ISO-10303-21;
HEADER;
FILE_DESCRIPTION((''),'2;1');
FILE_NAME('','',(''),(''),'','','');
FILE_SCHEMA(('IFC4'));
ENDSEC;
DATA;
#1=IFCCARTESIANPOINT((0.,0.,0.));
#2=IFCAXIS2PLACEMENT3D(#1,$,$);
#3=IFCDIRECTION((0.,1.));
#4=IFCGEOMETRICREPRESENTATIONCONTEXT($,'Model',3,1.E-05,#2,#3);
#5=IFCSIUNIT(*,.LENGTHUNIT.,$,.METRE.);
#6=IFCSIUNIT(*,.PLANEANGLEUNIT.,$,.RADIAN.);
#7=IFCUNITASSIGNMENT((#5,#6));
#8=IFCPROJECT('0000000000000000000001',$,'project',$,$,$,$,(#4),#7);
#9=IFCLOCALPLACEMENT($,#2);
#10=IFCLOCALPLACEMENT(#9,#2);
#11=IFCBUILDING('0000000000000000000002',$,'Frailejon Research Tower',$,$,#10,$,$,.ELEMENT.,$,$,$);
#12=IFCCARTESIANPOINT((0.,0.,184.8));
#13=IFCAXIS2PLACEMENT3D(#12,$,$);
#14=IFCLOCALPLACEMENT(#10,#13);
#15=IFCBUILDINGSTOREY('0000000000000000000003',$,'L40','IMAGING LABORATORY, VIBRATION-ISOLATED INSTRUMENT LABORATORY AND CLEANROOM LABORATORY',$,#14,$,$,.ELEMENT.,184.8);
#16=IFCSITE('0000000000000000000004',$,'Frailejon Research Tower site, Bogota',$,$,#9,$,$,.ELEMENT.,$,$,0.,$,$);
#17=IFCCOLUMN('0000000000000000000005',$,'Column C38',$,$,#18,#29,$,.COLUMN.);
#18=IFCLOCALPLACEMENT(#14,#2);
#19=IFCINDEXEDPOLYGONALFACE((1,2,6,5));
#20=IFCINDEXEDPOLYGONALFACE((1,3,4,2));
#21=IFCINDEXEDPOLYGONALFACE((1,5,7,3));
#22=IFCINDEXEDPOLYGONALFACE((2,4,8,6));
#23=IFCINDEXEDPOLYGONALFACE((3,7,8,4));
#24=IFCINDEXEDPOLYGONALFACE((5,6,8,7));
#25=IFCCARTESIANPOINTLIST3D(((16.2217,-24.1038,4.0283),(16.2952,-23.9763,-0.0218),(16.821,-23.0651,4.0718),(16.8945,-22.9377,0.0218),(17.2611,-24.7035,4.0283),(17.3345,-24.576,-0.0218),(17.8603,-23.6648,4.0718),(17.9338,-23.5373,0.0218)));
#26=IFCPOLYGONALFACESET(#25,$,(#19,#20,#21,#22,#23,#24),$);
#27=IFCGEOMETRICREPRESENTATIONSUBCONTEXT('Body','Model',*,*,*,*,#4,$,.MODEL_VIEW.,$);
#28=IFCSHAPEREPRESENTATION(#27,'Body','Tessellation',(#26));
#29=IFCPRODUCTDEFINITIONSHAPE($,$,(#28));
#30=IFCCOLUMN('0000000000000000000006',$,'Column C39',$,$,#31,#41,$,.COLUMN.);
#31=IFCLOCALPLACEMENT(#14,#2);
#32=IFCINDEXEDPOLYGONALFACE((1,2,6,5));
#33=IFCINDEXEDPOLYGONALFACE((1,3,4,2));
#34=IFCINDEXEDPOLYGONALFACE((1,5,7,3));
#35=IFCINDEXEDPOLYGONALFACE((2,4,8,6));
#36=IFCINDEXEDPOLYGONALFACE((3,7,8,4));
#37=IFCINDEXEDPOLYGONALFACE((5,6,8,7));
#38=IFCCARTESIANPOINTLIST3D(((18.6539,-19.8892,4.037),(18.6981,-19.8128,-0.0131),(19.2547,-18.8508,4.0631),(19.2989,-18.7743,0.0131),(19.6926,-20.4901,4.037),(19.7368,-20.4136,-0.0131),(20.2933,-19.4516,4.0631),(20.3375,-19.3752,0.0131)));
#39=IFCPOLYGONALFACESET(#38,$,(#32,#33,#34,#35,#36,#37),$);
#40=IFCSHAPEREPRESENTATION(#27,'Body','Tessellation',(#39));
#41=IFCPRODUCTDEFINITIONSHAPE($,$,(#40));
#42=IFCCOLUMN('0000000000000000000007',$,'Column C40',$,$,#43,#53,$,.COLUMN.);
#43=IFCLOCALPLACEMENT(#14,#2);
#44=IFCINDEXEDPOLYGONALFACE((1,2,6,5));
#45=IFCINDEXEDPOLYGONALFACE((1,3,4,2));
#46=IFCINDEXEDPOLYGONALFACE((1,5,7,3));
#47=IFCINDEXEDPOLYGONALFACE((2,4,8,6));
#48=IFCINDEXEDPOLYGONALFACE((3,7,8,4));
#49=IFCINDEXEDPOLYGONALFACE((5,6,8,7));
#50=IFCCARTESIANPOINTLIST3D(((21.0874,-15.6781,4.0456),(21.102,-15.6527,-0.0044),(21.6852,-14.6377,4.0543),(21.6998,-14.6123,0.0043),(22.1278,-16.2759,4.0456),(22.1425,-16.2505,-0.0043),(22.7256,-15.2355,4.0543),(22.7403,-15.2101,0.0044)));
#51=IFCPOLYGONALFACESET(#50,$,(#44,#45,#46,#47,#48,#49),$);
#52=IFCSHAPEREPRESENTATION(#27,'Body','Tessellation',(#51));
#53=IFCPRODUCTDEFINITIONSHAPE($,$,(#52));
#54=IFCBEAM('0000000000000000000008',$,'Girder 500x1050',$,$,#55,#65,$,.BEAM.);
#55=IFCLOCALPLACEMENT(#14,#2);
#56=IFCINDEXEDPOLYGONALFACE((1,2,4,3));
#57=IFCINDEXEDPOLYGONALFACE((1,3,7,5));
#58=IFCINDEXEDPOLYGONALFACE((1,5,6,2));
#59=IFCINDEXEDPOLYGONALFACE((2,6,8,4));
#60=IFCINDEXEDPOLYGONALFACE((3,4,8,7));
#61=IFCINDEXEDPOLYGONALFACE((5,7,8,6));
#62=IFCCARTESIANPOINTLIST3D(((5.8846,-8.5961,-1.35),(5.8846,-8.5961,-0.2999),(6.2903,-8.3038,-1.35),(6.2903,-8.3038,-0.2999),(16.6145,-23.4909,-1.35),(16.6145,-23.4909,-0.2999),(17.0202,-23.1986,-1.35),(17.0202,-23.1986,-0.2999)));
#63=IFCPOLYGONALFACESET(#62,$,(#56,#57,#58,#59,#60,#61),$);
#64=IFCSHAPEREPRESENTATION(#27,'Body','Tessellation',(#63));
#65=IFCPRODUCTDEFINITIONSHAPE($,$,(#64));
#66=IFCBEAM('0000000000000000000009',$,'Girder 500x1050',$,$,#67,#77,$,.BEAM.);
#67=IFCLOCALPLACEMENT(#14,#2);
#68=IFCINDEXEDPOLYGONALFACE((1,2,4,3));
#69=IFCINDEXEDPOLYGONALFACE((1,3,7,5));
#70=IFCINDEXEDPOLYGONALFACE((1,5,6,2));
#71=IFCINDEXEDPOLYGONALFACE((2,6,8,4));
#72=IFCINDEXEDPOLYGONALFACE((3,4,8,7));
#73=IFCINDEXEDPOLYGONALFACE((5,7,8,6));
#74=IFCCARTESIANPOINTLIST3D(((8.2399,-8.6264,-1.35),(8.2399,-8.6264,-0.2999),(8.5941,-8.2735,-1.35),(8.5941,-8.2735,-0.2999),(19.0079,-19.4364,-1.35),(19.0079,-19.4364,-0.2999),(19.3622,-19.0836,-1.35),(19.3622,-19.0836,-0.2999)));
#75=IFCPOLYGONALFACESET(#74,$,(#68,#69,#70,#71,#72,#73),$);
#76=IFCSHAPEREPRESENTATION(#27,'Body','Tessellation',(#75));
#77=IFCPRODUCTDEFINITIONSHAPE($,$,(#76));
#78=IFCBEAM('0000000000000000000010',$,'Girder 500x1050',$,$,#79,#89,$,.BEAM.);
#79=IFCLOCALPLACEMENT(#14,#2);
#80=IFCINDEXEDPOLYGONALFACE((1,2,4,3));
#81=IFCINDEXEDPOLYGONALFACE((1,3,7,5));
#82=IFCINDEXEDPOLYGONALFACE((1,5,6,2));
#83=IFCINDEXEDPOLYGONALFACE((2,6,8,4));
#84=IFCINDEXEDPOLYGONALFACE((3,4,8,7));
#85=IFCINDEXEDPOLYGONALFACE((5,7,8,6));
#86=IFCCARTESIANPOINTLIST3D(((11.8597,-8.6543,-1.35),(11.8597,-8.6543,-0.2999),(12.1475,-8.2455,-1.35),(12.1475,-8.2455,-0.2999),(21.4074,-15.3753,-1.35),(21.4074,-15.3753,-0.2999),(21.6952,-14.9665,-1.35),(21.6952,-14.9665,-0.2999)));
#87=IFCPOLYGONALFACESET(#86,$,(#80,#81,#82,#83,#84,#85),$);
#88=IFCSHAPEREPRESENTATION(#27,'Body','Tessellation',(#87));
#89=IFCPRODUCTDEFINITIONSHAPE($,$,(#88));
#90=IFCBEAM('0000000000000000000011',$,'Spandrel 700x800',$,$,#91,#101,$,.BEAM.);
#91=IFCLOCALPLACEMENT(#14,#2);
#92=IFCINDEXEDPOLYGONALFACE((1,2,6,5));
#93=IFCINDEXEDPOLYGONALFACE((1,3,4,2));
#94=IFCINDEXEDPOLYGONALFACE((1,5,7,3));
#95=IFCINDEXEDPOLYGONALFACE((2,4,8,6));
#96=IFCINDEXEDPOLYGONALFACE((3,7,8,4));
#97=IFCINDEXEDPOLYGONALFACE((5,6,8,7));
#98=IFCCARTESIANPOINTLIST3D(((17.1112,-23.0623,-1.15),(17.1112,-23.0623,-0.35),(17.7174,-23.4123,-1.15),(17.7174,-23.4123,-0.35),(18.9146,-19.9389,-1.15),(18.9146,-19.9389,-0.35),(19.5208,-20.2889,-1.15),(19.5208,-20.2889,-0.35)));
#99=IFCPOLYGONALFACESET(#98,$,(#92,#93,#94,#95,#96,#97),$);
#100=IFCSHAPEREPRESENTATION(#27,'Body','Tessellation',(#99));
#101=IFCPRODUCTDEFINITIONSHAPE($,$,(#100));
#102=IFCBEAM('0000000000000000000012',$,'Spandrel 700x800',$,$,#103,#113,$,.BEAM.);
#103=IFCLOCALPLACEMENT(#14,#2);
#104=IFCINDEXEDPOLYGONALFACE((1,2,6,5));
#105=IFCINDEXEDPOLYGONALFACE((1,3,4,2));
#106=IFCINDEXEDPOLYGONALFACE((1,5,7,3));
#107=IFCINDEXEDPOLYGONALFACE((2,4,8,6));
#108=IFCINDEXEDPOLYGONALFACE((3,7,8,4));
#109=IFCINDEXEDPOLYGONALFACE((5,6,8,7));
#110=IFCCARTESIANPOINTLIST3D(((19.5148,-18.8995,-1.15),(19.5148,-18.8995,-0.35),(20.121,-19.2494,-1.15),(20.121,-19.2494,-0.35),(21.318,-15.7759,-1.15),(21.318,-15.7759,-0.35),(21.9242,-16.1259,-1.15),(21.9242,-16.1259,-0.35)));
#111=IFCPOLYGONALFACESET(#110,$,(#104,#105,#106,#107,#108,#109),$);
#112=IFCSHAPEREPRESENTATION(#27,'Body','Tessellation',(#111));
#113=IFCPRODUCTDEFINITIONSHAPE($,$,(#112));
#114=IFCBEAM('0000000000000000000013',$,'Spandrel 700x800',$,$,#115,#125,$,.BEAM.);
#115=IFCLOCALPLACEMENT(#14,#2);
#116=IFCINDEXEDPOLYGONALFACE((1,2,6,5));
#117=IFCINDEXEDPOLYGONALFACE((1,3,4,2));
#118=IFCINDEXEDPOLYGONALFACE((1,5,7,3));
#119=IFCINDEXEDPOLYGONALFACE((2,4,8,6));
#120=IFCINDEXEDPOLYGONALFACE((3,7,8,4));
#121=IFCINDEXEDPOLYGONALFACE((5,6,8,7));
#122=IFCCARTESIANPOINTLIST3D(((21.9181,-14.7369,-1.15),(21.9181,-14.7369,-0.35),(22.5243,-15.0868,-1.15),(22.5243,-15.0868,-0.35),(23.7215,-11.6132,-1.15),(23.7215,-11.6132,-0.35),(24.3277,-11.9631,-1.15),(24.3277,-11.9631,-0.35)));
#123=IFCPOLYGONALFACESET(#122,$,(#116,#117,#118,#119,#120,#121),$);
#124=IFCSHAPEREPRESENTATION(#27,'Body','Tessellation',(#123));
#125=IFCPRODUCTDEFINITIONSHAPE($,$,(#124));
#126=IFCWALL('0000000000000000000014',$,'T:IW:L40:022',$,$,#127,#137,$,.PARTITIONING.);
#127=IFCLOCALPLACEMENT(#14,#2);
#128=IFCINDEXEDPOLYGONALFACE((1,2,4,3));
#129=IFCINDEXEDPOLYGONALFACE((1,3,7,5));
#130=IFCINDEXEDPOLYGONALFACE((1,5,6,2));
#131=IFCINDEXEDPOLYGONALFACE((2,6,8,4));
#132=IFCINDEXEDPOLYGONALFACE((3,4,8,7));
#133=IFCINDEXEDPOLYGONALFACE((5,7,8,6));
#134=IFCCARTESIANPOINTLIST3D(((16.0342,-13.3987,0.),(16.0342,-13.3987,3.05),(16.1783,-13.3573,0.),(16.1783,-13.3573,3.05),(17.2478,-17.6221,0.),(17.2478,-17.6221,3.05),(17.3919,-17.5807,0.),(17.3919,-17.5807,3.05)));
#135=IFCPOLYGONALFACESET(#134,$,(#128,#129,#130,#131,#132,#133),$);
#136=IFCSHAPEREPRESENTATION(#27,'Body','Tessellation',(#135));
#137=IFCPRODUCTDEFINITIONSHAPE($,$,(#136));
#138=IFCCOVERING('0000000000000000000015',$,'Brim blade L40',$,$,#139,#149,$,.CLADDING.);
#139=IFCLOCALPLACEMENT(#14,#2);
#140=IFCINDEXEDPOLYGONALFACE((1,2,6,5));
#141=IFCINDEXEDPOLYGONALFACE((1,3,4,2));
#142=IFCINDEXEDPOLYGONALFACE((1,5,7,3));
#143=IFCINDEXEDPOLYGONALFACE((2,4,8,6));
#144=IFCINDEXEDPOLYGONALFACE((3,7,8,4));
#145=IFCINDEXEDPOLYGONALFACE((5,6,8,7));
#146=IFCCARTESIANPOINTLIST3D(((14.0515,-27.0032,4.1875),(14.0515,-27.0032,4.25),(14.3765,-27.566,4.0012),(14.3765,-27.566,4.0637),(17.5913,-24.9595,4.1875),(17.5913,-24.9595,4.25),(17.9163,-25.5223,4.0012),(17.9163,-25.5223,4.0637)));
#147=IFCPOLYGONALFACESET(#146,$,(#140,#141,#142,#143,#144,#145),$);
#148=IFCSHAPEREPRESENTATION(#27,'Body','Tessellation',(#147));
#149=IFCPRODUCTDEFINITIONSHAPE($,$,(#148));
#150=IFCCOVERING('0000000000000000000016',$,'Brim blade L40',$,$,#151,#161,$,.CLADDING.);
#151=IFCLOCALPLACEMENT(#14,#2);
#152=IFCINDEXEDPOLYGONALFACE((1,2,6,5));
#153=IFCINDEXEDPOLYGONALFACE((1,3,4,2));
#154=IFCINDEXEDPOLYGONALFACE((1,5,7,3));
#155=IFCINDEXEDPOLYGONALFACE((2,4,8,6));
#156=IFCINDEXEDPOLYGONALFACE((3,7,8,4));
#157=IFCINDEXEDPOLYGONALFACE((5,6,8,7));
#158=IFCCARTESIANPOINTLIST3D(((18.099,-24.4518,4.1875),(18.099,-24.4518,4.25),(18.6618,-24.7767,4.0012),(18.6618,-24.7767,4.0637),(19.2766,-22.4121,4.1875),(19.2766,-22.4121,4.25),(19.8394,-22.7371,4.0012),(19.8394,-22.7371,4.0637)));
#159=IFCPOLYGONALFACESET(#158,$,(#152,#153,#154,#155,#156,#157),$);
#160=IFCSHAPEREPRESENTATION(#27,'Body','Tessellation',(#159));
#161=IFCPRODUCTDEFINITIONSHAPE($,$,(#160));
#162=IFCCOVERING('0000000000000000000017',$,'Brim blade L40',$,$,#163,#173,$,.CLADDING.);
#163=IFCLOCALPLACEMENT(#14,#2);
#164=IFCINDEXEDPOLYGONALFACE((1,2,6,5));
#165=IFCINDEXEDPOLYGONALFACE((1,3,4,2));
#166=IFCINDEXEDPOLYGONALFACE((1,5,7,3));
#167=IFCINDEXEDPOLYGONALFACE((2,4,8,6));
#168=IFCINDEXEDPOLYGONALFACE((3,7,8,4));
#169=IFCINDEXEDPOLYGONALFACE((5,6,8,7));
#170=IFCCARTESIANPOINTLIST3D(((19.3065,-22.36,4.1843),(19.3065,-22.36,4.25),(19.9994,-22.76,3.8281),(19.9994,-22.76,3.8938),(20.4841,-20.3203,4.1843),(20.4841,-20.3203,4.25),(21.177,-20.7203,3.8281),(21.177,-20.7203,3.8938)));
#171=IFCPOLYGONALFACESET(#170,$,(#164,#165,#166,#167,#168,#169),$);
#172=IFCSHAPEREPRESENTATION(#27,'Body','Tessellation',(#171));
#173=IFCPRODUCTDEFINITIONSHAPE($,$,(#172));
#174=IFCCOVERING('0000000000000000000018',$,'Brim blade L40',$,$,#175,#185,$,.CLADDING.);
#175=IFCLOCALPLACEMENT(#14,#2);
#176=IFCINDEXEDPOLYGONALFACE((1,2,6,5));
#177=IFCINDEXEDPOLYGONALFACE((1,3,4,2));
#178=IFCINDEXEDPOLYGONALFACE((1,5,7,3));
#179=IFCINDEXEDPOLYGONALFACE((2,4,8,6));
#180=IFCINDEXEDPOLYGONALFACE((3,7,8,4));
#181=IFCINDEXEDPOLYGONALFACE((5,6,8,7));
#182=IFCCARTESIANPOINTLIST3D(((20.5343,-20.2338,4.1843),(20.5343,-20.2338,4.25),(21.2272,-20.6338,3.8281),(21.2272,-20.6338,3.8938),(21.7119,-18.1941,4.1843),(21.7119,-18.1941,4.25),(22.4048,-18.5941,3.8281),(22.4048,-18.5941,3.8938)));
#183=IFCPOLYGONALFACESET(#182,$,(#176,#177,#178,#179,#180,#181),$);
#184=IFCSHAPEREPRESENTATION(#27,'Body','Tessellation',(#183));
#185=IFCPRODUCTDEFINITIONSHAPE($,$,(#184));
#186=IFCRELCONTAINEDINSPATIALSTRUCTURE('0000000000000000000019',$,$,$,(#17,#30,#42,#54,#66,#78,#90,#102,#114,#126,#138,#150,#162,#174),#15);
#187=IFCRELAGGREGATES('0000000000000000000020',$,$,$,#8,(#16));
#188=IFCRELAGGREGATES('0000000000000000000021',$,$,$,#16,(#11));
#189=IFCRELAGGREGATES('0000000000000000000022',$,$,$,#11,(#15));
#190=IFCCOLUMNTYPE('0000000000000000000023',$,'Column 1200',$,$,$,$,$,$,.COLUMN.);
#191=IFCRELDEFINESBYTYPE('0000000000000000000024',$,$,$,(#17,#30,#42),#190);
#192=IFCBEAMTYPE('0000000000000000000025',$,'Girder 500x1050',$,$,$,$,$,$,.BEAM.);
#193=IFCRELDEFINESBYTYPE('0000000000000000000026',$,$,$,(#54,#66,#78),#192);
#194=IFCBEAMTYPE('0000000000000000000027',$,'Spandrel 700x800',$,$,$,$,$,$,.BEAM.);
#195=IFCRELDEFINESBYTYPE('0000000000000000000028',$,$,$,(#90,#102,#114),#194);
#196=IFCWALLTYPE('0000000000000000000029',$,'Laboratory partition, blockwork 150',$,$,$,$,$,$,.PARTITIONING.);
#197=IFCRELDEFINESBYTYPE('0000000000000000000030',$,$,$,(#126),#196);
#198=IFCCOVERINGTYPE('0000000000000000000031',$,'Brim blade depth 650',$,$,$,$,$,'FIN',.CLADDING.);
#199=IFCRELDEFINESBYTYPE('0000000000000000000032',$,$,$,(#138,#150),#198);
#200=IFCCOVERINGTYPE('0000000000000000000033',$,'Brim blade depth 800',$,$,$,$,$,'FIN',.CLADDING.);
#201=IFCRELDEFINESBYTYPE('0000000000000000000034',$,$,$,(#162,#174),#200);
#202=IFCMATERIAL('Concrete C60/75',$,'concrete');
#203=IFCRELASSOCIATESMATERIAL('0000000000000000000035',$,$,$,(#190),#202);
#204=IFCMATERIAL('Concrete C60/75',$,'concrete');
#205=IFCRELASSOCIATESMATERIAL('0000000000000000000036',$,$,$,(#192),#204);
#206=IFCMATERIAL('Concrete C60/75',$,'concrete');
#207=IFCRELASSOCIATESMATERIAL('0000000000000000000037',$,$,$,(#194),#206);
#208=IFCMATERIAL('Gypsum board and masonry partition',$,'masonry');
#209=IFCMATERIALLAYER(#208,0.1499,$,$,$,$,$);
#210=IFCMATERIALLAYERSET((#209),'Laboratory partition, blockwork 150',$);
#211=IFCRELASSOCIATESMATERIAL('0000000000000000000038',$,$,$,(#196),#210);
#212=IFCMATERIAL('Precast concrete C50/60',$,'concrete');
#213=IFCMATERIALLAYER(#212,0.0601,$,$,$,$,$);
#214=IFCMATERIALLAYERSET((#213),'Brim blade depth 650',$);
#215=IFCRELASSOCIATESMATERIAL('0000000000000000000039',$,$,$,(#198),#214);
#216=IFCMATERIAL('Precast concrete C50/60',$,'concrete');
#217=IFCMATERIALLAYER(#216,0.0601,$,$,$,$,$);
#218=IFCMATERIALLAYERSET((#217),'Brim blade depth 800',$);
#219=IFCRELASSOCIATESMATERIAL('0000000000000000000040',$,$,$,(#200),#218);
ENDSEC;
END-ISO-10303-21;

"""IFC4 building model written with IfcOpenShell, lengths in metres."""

from ifc_helpers import new_model, si_unit, direction, frame, frame_2d, origin, origin_2d, place, context, subcontext, project, spatial, polyline, rectangle, outline, extrude, material, layer, layer_set, material_profile, profile_set, type_object, element, save


model = new_model("IFC4")

# Units and contexts
model_context = context("Model", 3, precision=1e-05, world=origin(), true_north=direction((0.0, 1.0)))
body_context = subcontext(model_context, "Body", "Model", "MODEL_VIEW")
ifc_project = project(units=[si_unit("LENGTHUNIT", "METRE"), si_unit("PLANEANGLEUNIT", "RADIAN")], contexts=[model_context])

# Site, building, storey
site_placement = place(None, origin())
site = spatial("IfcSite", under=ifc_project, at=site_placement, Name="Frailejon Research Tower site, Bogota", CompositionType="ELEMENT", RefElevation=0.0)
building_placement = place(site_placement, origin())
building = spatial("IfcBuilding", under=site, at=building_placement, Name="Frailejon Research Tower", CompositionType="ELEMENT")
storey_placement = place(building_placement, frame((0.0, 0.0, 184.8)))
storey = spatial("IfcBuildingStorey", under=building, at=storey_placement, Name="L40", Description="IMAGING LABORATORY, VIBRATION-ISOLATED INSTRUMENT LABORATORY AND CLEANROOM LABORATORY", CompositionType="ELEMENT", Elevation=184.8)

# Columns
ifc_material_1 = material(Name="Concrete C60/75", Category="concrete")
ifc_material_profile_1 = material_profile(ifc_material_1, rectangle(XDim=1.2, YDim=1.2, at=origin_2d()), Name="Column 1200")
ifc_profile_set_1 = profile_set([ifc_material_profile_1], Name="Concrete C60/75")
column_type = type_object("IfcColumnType", Name="Column 1200", PredefinedType="COLUMN", material=ifc_profile_set_1)
column_1_placement = place(storey_placement, frame((17.1145, -23.7568, 0.0), z_axis=(-0.018133, -0.031446, 0.999341), x_axis=(0.499425, 0.865596, 0.036299)))
element("IfcColumn", 1, at=column_1_placement, inside=storey, type_object=column_type, Name="Column C38", PredefinedType="COLUMN", context=body_context, shape_type="SweptSolid", body=[
    extrude(rectangle(XDim=1.2, YDim=1.2, at=origin_2d()), origin(), (0.0, 0.0, 1.0), 4.0527),
])
column_2_placement = place(storey_placement, frame((19.5178, -19.594, 0.0), z_axis=(-0.010908, -0.018863, 0.999763), x_axis=(0.500638, 0.865382, 0.02179)))
element("IfcColumn", 2, at=column_2_placement, inside=storey, type_object=column_type, Name="Column C39", PredefinedType="COLUMN", context=body_context, shape_type="SweptSolid", body=[
    extrude(rectangle(XDim=1.2, YDim=1.2, at=origin_2d()), origin(), (0.0, 0.0, 1.0), 4.051),
])
column_3_placement = place(storey_placement, frame((21.9211, -15.4314, 0.0), z_axis=(-0.003617, -0.006269, 0.999974), x_axis=(0.498177, 0.867045, 0.007238)))
element("IfcColumn", 3, at=column_3_placement, inside=storey, type_object=column_type, Name="Column C40", PredefinedType="COLUMN", context=body_context, shape_type="SweptSolid", body=[
    extrude(rectangle(XDim=1.2, YDim=1.2, at=origin_2d()), origin(), (0.0, 0.0, 1.0), 4.05),
])

# Beams
ifc_material_2 = material(Name="Concrete C60/75", Category="concrete")
ifc_material_profile_2 = material_profile(ifc_material_2, rectangle(XDim=0.5, YDim=1.05, at=origin_2d()), Name="Girder 500x1050")
ifc_profile_set_2 = profile_set([ifc_material_profile_2], Name="Concrete C60/75")
beam_type_1 = type_object("IfcBeamType", Name="Girder 500x1050", PredefinedType="BEAM", material=ifc_profile_set_2)
beam_1_placement = place(storey_placement, frame((16.8174, -23.3447, -0.825), z_axis=(-0.584511, 0.811386, 0.0), x_axis=(-0.811386, -0.584511, 0.0)))
element("IfcBeam", 4, at=beam_1_placement, inside=storey, type_object=beam_type_1, Name="Girder 500x1050", PredefinedType="BEAM", context=body_context, shape_type="SweptSolid", body=[
    extrude(rectangle(XDim=0.5, YDim=1.05, at=origin_2d()), origin(), (0.0, 0.0, 1.0), 18.3572),
])
beam_2_placement = place(storey_placement, frame((19.1851, -19.26, -0.825), z_axis=(-0.705729, 0.708482, 0.0), x_axis=(-0.708482, -0.705729, 0.0)))
element("IfcBeam", 5, at=beam_2_placement, inside=storey, type_object=beam_type_1, Name="Girder 500x1050", PredefinedType="BEAM", context=body_context, shape_type="SweptSolid", body=[
    extrude(rectangle(XDim=0.5, YDim=1.05, at=origin_2d()), origin(), (0.0, 0.0, 1.0), 15.2581),
])
beam_3_placement = place(storey_placement, frame((21.5513, -15.1709, -0.825), z_axis=(-0.817715, 0.575623, 0.0), x_axis=(-0.575623, -0.817715, 0.0)))
element("IfcBeam", 6, at=beam_3_placement, inside=storey, type_object=beam_type_1, Name="Girder 500x1050", PredefinedType="BEAM", context=body_context, shape_type="SweptSolid", body=[
    extrude(rectangle(XDim=0.5, YDim=1.05, at=origin_2d()), origin(), (0.0, 0.0, 1.0), 11.676),
])
ifc_material_3 = material(Name="Concrete C60/75", Category="concrete")
ifc_material_profile_3 = material_profile(ifc_material_3, rectangle(XDim=0.7, YDim=0.8, at=origin_2d()), Name="Spandrel 700x800")
ifc_profile_set_3 = profile_set([ifc_material_profile_3], Name="Concrete C60/75")
beam_type_2 = type_object("IfcBeamType", Name="Spandrel 700x800", PredefinedType="BEAM", material=ifc_profile_set_3)
for number, where, z_axis, x_axis, name in (
    (7, (17.4143, -23.2373, -0.75), (0.500019, 0.866014, 0.0), (-0.866014, 0.500019, 0.0), "Spandrel 700x800"),
    (8, (19.8179, -19.0745, -0.75), (0.499969, 0.866044, 0.0), (-0.866044, 0.499969, 0.0), "Spandrel 700x800"),
):
    element("IfcBeam", number, at=place(storey_placement, frame(where, z_axis=z_axis, x_axis=x_axis)), inside=storey, type_object=beam_type_2, Name=name, PredefinedType="BEAM", context=body_context, shape_type="SweptSolid", body=[
        extrude(rectangle(XDim=0.7, YDim=0.8, at=origin_2d()), origin(), (0.0, 0.0, 1.0), 3.6067),
    ])
beam_4_placement = place(storey_placement, frame((22.2212, -14.9119, -0.75), z_axis=(0.49999, 0.866031, 0.0), x_axis=(-0.866031, 0.49999, 0.0)))
element("IfcBeam", 9, at=beam_4_placement, inside=storey, type_object=beam_type_2, Name="Spandrel 700x800", PredefinedType="BEAM", context=body_context, shape_type="SweptSolid", body=[
    extrude(rectangle(XDim=0.7, YDim=0.8, at=origin_2d()), origin(), (0.0, 0.0, 1.0), 3.6069),
])

# Wall
ifc_material_4 = material(Name="Gypsum board and masonry partition", Category="masonry")
ifc_layer_1 = layer(ifc_material_4, 0.1499)
ifc_layer_set_1 = layer_set([ifc_layer_1], Name="Laboratory partition, blockwork 150")
wall_type = type_object("IfcWallType", Name="Laboratory partition, blockwork 150", PredefinedType="PARTITIONING", material=ifc_layer_set_1)
wall_placement = place(storey_placement, frame((16.1062, -13.3779, 0.0), z_axis=(0.0, 0.0, 1.0), x_axis=(0.276181, -0.961106, 0.0)))
element("IfcWall", 10, at=wall_placement, inside=storey, type_object=wall_type, Name="T:IW:L40:022", PredefinedType="PARTITIONING", context=body_context, shape_type="SweptSolid", body=[
    extrude(rectangle(XDim=4.3943, YDim=0.1499, at=frame_2d((2.1973, 0.0))), origin(), (0.0, 0.0, 1.0), 3.05),
])

# Coverings
ifc_material_5 = material(Name="Precast concrete C50/60", Category="concrete")
ifc_layer_2 = layer(ifc_material_5, 0.0601)
ifc_layer_set_2 = layer_set([ifc_layer_2], Name="Brim blade depth 650")
covering_type_1 = type_object("IfcCoveringType", Name="Brim blade depth 650", ElementType="FIN", PredefinedType="CLADDING", material=ifc_layer_set_2)
covering_1_placement = place(storey_placement, frame((17.5913, -24.9595, 4.25), z_axis=(-0.866021, -0.500007, 0.0), x_axis=(0.500007, -0.866021, 0.0)))
element("IfcCovering", 11, at=covering_1_placement, inside=storey, type_object=covering_type_1, Name="Brim blade L40", PredefinedType="CLADDING", context=body_context, shape_type="SweptSolid", body=[
    extrude(outline(polyline([(0.0, -0.0625), (0.6499, -0.2488), (0.6499, -0.1863), (0.0, 0.0), (0.0, -0.0625)])), origin(), (0.0, 0.0, 1.0), 4.0874),
])
covering_2_placement = place(storey_placement, frame((19.2766, -22.4121, 4.25), z_axis=(-0.499997, -0.866027, 0.0), x_axis=(0.866027, -0.499997, 0.0)))
element("IfcCovering", 12, at=covering_2_placement, inside=storey, type_object=covering_type_1, Name="Brim blade L40", PredefinedType="CLADDING", context=body_context, shape_type="SweptSolid", body=[
    extrude(outline(polyline([(0.0, -0.0625), (0.6499, -0.2488), (0.6499, -0.1863), (0.0, 0.0), (0.0, -0.0625)])), origin(), (0.0, 0.0, 1.0), 2.3552),
])
ifc_material_6 = material(Name="Precast concrete C50/60", Category="concrete")
ifc_layer_3 = layer(ifc_material_6, 0.0601)
ifc_layer_set_3 = layer_set([ifc_layer_3], Name="Brim blade depth 800")
covering_type_2 = type_object("IfcCoveringType", Name="Brim blade depth 800", ElementType="FIN", PredefinedType="CLADDING", material=ifc_layer_set_3)
for number, where, z_axis, x_axis, name in (
    (13, (20.4841, -20.3203, 4.25), (-0.499997, -0.866027, 0.0), (0.866027, -0.499997, 0.0), "Brim blade L40"),
    (14, (21.7119, -18.1941, 4.25), (-0.499997, -0.866027, 0.0), (0.866027, -0.499997, 0.0), "Brim blade L40"),
):
    element("IfcCovering", number, at=place(storey_placement, frame(where, z_axis=z_axis, x_axis=x_axis)), inside=storey, type_object=covering_type_2, Name=name, PredefinedType="CLADDING", context=body_context, shape_type="SweptSolid", body=[
        extrude(outline(polyline([(0.0, -0.0657), (0.8, -0.4219), (0.8, -0.3562), (0.0, 0.0), (0.0, -0.0657)])), origin(), (0.0, 0.0, 1.0), 2.3552),
    ])

save(model, "model.ifc")
